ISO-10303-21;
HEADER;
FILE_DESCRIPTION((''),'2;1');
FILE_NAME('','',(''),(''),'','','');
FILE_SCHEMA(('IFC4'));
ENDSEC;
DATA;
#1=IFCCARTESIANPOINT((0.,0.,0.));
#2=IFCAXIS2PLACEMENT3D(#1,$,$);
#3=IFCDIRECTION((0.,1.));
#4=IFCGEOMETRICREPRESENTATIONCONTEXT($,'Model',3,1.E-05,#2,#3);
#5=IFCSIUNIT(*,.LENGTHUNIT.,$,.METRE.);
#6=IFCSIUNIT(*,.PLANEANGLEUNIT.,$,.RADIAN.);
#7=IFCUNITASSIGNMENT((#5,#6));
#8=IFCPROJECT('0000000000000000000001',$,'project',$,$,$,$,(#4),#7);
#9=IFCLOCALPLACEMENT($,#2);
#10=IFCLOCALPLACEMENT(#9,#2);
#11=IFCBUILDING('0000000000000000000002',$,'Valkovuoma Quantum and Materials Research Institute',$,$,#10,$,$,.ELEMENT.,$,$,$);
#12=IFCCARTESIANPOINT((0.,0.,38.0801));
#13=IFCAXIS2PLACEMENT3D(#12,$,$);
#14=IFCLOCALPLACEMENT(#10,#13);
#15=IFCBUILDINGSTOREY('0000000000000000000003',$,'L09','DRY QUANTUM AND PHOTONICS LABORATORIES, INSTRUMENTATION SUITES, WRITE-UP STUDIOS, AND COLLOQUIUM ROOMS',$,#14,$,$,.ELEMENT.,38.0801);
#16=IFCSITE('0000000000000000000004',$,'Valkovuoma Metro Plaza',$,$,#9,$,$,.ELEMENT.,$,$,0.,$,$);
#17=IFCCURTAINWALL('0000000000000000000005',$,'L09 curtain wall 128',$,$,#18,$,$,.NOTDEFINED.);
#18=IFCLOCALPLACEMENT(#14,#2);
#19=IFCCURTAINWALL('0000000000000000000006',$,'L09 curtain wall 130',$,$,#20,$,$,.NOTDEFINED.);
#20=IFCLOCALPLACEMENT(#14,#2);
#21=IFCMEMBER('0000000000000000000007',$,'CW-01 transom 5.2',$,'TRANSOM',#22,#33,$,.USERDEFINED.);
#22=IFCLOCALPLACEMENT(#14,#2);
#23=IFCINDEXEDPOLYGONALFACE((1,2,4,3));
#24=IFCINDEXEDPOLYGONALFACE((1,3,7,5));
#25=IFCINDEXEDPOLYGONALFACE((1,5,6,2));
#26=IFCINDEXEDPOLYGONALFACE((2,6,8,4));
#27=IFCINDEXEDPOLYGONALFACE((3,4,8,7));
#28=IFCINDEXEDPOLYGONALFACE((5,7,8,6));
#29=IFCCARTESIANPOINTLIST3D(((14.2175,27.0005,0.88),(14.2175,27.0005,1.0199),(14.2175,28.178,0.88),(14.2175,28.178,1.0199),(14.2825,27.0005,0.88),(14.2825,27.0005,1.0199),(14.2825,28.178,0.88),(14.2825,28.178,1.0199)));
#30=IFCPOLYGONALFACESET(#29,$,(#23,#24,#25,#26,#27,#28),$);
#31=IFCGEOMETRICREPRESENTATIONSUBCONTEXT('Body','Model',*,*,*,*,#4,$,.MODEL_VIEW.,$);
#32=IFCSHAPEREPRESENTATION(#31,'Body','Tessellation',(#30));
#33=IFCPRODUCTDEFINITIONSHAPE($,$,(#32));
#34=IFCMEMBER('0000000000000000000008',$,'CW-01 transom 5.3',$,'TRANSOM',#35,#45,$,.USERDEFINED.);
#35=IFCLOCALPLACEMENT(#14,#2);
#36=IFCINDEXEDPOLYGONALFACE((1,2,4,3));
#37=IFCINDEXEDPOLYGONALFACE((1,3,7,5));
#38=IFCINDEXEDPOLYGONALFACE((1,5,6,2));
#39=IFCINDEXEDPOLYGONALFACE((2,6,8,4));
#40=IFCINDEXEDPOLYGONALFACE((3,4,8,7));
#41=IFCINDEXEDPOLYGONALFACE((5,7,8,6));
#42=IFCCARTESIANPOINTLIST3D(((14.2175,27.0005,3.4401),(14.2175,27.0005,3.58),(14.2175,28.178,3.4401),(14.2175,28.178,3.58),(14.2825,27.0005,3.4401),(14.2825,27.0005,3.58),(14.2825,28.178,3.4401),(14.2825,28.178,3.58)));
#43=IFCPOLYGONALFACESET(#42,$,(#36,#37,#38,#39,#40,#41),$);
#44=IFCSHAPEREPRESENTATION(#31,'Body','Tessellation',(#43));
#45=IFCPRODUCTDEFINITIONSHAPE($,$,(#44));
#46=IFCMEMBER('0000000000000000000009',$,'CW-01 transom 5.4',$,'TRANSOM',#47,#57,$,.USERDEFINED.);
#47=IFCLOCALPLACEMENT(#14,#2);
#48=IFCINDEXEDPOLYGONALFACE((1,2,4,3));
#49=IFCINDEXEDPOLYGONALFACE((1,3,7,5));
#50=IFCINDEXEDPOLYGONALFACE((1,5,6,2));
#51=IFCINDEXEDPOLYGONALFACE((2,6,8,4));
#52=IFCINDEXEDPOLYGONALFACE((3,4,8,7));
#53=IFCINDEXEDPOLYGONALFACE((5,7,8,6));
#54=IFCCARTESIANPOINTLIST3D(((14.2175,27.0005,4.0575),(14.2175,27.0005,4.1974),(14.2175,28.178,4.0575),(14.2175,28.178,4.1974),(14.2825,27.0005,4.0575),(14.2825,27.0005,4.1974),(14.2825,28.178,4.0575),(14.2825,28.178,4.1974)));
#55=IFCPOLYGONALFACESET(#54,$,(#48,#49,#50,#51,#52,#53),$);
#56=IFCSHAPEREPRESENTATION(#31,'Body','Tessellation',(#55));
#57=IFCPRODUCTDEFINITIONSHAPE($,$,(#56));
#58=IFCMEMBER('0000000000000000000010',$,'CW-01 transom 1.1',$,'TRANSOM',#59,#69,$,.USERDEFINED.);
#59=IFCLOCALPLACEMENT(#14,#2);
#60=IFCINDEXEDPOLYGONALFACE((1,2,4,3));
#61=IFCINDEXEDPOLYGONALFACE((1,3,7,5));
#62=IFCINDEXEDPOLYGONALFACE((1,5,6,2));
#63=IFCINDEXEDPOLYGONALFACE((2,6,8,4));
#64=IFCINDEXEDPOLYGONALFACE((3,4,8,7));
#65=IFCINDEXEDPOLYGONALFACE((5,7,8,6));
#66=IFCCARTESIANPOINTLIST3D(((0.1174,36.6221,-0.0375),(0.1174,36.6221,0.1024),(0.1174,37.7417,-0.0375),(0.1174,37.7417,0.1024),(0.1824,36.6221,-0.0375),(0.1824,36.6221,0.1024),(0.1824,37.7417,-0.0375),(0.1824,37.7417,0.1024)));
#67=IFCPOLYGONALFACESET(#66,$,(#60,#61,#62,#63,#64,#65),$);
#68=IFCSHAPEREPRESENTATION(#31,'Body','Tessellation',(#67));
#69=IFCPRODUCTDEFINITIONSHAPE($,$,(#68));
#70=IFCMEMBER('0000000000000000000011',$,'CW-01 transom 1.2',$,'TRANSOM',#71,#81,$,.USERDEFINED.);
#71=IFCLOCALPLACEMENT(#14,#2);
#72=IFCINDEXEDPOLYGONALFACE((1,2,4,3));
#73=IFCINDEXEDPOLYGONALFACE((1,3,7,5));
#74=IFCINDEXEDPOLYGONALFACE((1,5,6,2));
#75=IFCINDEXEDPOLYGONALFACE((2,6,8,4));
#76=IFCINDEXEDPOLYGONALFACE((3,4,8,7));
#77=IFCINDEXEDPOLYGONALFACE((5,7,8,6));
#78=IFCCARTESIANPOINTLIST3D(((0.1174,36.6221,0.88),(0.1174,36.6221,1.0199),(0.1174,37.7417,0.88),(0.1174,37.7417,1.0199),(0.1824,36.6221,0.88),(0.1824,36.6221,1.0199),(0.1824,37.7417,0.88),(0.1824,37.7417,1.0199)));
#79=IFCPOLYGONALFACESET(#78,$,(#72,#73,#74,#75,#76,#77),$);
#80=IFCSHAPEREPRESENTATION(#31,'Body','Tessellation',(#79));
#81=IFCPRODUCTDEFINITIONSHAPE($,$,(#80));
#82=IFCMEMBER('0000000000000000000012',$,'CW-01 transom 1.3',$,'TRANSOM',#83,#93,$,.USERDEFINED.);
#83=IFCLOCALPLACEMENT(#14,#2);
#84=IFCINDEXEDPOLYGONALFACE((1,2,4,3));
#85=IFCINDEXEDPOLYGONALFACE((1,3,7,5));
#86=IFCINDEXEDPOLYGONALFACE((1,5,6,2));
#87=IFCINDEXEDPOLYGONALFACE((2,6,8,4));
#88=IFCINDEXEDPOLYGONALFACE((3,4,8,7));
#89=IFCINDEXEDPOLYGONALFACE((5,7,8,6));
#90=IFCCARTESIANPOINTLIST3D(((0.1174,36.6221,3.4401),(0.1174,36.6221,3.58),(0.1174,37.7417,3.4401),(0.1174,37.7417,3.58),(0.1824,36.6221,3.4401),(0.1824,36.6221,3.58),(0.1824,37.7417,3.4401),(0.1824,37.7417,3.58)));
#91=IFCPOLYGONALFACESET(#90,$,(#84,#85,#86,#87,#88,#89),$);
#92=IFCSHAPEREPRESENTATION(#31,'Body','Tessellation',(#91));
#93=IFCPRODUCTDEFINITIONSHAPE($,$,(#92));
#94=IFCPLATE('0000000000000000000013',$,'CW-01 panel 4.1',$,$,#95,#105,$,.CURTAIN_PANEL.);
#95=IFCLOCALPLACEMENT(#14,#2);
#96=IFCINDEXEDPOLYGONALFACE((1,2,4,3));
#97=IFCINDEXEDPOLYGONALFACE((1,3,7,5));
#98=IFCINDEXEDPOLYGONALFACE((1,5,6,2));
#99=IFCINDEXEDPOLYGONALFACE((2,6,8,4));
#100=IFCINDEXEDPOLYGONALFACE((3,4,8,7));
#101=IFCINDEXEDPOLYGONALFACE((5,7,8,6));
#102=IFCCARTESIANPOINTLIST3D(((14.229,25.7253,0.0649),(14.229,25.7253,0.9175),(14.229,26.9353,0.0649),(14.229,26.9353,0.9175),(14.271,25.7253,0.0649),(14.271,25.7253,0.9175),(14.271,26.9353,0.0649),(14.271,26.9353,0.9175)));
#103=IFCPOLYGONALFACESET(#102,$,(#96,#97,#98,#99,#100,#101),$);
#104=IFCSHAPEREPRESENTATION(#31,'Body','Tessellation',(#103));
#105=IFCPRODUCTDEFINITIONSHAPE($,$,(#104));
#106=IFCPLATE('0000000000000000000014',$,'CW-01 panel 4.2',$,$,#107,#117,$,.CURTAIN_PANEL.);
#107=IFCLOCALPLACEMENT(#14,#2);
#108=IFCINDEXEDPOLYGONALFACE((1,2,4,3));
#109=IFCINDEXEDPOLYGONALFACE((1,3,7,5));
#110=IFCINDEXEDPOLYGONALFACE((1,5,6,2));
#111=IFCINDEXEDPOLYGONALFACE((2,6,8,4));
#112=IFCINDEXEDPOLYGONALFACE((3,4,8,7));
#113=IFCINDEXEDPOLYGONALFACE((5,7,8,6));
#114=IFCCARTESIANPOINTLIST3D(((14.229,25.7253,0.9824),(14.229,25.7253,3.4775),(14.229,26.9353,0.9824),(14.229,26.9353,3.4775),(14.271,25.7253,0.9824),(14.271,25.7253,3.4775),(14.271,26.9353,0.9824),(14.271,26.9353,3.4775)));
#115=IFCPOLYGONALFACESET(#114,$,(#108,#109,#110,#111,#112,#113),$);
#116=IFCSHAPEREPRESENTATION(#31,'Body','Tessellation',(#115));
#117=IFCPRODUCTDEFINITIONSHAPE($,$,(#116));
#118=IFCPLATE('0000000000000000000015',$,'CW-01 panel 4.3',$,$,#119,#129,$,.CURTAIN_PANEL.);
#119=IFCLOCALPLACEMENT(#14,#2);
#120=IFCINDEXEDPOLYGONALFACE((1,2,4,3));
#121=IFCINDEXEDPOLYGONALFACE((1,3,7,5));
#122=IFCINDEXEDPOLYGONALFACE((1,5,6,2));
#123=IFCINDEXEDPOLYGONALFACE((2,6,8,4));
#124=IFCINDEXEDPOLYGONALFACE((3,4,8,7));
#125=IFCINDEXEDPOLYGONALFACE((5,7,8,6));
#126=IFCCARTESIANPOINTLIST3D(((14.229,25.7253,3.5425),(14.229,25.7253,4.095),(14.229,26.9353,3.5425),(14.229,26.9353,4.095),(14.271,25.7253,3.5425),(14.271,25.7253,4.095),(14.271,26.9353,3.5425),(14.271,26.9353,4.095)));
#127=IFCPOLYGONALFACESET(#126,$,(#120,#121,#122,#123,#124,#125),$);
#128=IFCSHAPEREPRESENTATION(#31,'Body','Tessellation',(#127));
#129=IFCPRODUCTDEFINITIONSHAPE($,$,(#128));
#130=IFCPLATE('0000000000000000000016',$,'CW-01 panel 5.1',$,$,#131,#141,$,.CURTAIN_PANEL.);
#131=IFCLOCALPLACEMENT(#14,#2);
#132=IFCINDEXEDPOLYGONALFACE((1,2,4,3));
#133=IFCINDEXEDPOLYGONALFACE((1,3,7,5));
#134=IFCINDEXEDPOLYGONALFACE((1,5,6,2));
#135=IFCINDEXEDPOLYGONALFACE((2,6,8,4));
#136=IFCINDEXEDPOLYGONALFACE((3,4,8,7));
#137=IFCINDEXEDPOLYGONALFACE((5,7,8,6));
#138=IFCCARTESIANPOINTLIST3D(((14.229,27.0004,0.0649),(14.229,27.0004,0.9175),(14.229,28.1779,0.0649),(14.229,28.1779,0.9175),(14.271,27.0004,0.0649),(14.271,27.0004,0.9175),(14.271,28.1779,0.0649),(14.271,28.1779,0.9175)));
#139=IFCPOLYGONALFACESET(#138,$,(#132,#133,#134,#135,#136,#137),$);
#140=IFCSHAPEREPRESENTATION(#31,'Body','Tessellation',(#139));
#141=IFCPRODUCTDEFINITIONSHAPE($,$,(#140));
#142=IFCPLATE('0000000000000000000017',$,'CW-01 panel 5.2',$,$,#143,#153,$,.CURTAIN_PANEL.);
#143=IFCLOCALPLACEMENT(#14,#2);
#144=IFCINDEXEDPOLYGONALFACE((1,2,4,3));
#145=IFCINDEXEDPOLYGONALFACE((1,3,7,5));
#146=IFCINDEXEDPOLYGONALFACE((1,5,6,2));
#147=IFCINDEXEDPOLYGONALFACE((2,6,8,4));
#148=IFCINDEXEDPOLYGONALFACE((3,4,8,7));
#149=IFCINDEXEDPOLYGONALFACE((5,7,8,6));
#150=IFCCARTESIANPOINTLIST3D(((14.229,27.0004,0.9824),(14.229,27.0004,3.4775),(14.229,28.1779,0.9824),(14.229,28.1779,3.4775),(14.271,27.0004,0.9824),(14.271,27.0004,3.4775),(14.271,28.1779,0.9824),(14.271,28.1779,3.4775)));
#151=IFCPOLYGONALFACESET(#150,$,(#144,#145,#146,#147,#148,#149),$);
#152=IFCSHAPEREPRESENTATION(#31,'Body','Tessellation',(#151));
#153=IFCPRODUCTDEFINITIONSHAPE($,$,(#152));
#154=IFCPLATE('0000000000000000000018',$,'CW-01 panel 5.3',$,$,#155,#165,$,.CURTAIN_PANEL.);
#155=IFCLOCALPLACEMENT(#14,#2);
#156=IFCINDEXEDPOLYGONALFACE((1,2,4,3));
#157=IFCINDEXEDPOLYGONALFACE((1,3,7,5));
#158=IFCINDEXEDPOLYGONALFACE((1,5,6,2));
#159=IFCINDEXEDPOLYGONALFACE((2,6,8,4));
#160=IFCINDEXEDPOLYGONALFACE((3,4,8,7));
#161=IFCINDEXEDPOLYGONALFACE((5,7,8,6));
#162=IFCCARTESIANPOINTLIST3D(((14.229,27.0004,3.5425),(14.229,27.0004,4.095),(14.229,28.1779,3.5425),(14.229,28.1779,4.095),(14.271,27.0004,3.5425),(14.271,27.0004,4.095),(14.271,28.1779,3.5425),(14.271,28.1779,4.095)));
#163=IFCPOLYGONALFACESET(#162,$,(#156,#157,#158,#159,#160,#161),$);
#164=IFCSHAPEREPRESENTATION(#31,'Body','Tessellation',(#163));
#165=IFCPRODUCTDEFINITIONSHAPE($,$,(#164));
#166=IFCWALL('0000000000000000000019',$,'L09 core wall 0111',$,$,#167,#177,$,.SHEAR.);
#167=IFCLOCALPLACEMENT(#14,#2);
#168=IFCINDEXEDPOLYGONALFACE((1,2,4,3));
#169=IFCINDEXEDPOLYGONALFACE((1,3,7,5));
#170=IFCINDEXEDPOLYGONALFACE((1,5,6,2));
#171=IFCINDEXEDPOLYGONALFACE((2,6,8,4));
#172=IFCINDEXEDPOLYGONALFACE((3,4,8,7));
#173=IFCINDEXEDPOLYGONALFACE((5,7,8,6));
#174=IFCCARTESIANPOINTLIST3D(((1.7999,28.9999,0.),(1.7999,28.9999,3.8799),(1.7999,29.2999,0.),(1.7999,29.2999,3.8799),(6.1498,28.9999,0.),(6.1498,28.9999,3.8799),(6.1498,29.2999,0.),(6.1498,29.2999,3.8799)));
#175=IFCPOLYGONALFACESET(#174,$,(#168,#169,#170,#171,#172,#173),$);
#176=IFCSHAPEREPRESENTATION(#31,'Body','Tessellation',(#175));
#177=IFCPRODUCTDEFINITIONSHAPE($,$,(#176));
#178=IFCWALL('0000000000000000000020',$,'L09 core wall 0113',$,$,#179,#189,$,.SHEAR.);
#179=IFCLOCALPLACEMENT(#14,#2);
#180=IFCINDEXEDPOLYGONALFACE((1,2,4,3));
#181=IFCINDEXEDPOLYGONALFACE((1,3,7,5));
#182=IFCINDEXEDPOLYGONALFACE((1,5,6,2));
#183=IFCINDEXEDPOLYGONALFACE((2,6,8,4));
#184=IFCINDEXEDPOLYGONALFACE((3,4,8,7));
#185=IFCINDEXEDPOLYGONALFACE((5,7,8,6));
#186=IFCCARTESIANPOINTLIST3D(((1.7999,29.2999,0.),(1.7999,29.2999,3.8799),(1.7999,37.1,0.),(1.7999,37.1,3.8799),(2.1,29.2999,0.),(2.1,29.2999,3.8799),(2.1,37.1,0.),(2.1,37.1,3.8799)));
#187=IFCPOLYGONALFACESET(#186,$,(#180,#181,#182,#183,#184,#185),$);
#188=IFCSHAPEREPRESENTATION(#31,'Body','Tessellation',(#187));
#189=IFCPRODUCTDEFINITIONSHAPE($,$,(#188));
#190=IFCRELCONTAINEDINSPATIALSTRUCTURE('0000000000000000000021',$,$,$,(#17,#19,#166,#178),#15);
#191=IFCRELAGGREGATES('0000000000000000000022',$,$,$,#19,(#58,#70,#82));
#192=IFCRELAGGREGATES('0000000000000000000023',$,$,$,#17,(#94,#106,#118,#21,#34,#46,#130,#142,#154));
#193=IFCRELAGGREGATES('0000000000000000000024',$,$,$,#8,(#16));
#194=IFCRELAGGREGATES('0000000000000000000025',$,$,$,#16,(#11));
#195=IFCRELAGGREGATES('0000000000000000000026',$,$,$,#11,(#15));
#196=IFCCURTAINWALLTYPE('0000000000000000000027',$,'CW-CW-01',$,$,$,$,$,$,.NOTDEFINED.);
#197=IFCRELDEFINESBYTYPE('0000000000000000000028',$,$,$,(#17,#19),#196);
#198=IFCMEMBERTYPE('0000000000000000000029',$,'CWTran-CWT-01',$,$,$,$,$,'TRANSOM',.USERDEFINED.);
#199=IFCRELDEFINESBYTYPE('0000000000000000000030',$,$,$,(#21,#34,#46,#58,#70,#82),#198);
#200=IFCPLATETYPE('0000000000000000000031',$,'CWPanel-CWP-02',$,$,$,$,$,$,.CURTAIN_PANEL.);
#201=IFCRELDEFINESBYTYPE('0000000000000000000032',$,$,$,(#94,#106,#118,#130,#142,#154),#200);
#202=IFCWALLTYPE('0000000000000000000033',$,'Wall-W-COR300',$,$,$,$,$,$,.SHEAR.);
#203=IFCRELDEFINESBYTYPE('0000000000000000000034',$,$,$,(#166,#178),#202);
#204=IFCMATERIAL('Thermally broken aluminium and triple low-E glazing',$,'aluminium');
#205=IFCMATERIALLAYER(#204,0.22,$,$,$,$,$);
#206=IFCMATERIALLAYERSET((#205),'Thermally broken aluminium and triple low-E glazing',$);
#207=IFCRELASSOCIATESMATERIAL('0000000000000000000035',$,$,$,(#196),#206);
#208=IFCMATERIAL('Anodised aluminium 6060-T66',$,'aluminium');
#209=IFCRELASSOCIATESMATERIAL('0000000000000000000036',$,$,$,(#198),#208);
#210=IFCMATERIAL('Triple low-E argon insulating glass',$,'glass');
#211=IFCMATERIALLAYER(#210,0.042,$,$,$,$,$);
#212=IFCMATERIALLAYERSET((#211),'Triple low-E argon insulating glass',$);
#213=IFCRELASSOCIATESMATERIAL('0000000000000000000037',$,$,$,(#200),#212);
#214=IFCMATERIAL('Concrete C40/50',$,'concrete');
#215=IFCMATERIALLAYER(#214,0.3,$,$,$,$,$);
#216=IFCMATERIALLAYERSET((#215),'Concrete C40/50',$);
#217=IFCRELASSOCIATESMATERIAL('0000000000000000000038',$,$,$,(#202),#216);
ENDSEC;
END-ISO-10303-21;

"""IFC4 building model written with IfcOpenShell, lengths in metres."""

from ifc_helpers import new_model, si_unit, direction, frame, frame_2d, origin, origin_2d, place, context, subcontext, project, spatial, rectangle, extrude, material, layer, layer_set, material_profile, profile_set, type_object, element, aggregate, save


model = new_model("IFC4")

# Units and contexts
model_context = context("Model", 3, precision=1e-05, world=origin(), true_north=direction((0.0, 1.0)))
body_context = subcontext(model_context, "Body", "Model", "MODEL_VIEW")
ifc_project = project(units=[si_unit("LENGTHUNIT", "METRE"), si_unit("PLANEANGLEUNIT", "RADIAN")], contexts=[model_context])

# Site, building, storey
site_placement = place(None, origin())
site = spatial("IfcSite", under=ifc_project, at=site_placement, Name="Valkovuoma Metro Plaza", CompositionType="ELEMENT", RefElevation=0.0)
building_placement = place(site_placement, origin())
building = spatial("IfcBuilding", under=site, at=building_placement, Name="Valkovuoma Quantum and Materials Research Institute", CompositionType="ELEMENT")
storey_placement = place(building_placement, frame((0.0, 0.0, 38.0801)))
storey = spatial("IfcBuildingStorey", under=building, at=storey_placement, Name="L09", Description="DRY QUANTUM AND PHOTONICS LABORATORIES, INSTRUMENTATION SUITES, WRITE-UP STUDIOS, AND COLLOQUIUM ROOMS", CompositionType="ELEMENT", Elevation=38.0801)

# Curtain wall
ifc_material_1 = material(Name="Thermally broken aluminium and triple low-E glazing", Category="aluminium")
ifc_layer_1 = layer(ifc_material_1, 0.22)
ifc_layer_set_1 = layer_set([ifc_layer_1], Name="Thermally broken aluminium and triple low-E glazing")
curtain_wall_type = type_object("IfcCurtainWallType", Name="CW-CW-01", PredefinedType="NOTDEFINED", material=ifc_layer_set_1)
curtain_wall_1_placement = place(storey_placement, origin())
curtain_wall_1 = element("IfcCurtainWall", 1, at=curtain_wall_1_placement, inside=storey, type_object=curtain_wall_type, Name="L09 curtain wall 128", PredefinedType="NOTDEFINED")

# Curtain wall
curtain_wall_2_placement = place(storey_placement, origin())
curtain_wall_2 = element("IfcCurtainWall", 2, at=curtain_wall_2_placement, inside=storey, type_object=curtain_wall_type, Name="L09 curtain wall 130", PredefinedType="NOTDEFINED")

# Members
ifc_material_2 = material(Name="Anodised aluminium 6060-T66", Category="aluminium")
ifc_material_profile_1 = material_profile(ifc_material_2, rectangle(XDim=0.0649, YDim=0.1399, at=origin_2d()), Name="Anodised aluminium 6060-T66")
ifc_profile_set_1 = profile_set([ifc_material_profile_1], Name="Anodised aluminium 6060-T66")
member_type_1 = type_object("IfcMemberType", Name="CWTran-CWT-01", ElementType="TRANSOM", PredefinedType="USERDEFINED", material=ifc_profile_set_1)
member_1_placement = place(storey_placement, frame((14.25, 27.0005, 0.95), z_axis=(0.0, 1.0, 0.0), x_axis=(-1.0, 0.0, 0.0)))
member_1 = element("IfcMember", 3, at=member_1_placement, type_object=member_type_1, Name="CW-01 transom 5.2", ObjectType="TRANSOM", PredefinedType="USERDEFINED", context=body_context, shape_type="SweptSolid", body=[
    extrude(rectangle(XDim=0.0649, YDim=0.1399, at=origin_2d()), origin(), (0.0, 0.0, 1.0), 1.1775),
])
member_2_placement = place(storey_placement, frame((14.25, 27.0005, 3.51), z_axis=(0.0, 1.0, 0.0), x_axis=(-1.0, 0.0, 0.0)))
member_2 = element("IfcMember", 4, at=member_2_placement, type_object=member_type_1, Name="CW-01 transom 5.3", ObjectType="TRANSOM", PredefinedType="USERDEFINED", context=body_context, shape_type="SweptSolid", body=[
    extrude(rectangle(XDim=0.0649, YDim=0.1399, at=origin_2d()), origin(), (0.0, 0.0, 1.0), 1.1775),
])
member_3_placement = place(storey_placement, frame((14.25, 27.0005, 4.1274), z_axis=(0.0, 1.0, 0.0), x_axis=(-1.0, 0.0, 0.0)))
member_3 = element("IfcMember", 5, at=member_3_placement, type_object=member_type_1, Name="CW-01 transom 5.4", ObjectType="TRANSOM", PredefinedType="USERDEFINED", context=body_context, shape_type="SweptSolid", body=[
    extrude(rectangle(XDim=0.0649, YDim=0.1399, at=origin_2d()), origin(), (0.0, 0.0, 1.0), 1.1775),
])
member_4_placement = place(storey_placement, frame((0.1499, 36.6221, 0.0325), z_axis=(0.0, 1.0, 0.0), x_axis=(-1.0, 0.0, 0.0)))
member_4 = element("IfcMember", 6, at=member_4_placement, type_object=member_type_1, Name="CW-01 transom 1.1", ObjectType="TRANSOM", PredefinedType="USERDEFINED", context=body_context, shape_type="SweptSolid", body=[
    extrude(rectangle(XDim=0.0649, YDim=0.1399, at=origin_2d()), origin(), (0.0, 0.0, 1.0), 1.1196),
])
member_5_placement = place(storey_placement, frame((0.1499, 36.6221, 0.95), z_axis=(0.0, 1.0, 0.0), x_axis=(-1.0, 0.0, 0.0)))
member_5 = element("IfcMember", 7, at=member_5_placement, type_object=member_type_1, Name="CW-01 transom 1.2", ObjectType="TRANSOM", PredefinedType="USERDEFINED", context=body_context, shape_type="SweptSolid", body=[
    extrude(rectangle(XDim=0.0649, YDim=0.1399, at=origin_2d()), origin(), (0.0, 0.0, 1.0), 1.1196),
])
member_6_placement = place(storey_placement, frame((0.1499, 36.6221, 3.51), z_axis=(0.0, 1.0, 0.0), x_axis=(-1.0, 0.0, 0.0)))
member_6 = element("IfcMember", 8, at=member_6_placement, type_object=member_type_1, Name="CW-01 transom 1.3", ObjectType="TRANSOM", PredefinedType="USERDEFINED", context=body_context, shape_type="SweptSolid", body=[
    extrude(rectangle(XDim=0.0649, YDim=0.1399, at=origin_2d()), origin(), (0.0, 0.0, 1.0), 1.1196),
])
aggregate(curtain_wall_2, [member_4, member_5, member_6])

# Plates
ifc_material_3 = material(Name="Triple low-E argon insulating glass", Category="glass")
ifc_layer_2 = layer(ifc_material_3, 0.042)
ifc_layer_set_2 = layer_set([ifc_layer_2], Name="Triple low-E argon insulating glass")
plate_type = type_object("IfcPlateType", Name="CWPanel-CWP-02", PredefinedType="CURTAIN_PANEL", material=ifc_layer_set_2)
plate_1_placement = place(storey_placement, frame((14.25, 26.3303, 0.0649), z_axis=(0.0, 0.0, 1.0), x_axis=(0.0, 1.0, 0.0)))
plate_1 = element("IfcPlate", 9, at=plate_1_placement, type_object=plate_type, Name="CW-01 panel 4.1", PredefinedType="CURTAIN_PANEL", context=body_context, shape_type="SweptSolid", body=[
    extrude(rectangle(XDim=1.21, YDim=0.042, at=origin_2d()), origin(), (0.0, 0.0, 1.0), 0.8525),
])
plate_2_placement = place(storey_placement, frame((14.25, 26.3303, 0.9824), z_axis=(0.0, 0.0, 1.0), x_axis=(0.0, 1.0, 0.0)))
plate_2 = element("IfcPlate", 10, at=plate_2_placement, type_object=plate_type, Name="CW-01 panel 4.2", PredefinedType="CURTAIN_PANEL", context=body_context, shape_type="SweptSolid", body=[
    extrude(rectangle(XDim=1.21, YDim=0.042, at=origin_2d()), origin(), (0.0, 0.0, 1.0), 2.4951),
])
plate_3_placement = place(storey_placement, frame((14.25, 26.3303, 3.5425), z_axis=(0.0, 0.0, 1.0), x_axis=(0.0, 1.0, 0.0)))
plate_3 = element("IfcPlate", 11, at=plate_3_placement, type_object=plate_type, Name="CW-01 panel 4.3", PredefinedType="CURTAIN_PANEL", context=body_context, shape_type="SweptSolid", body=[
    extrude(rectangle(XDim=1.21, YDim=0.042, at=origin_2d()), origin(), (0.0, 0.0, 1.0), 0.5525),
])
plate_4_placement = place(storey_placement, frame((14.25, 27.5891, 0.0649), z_axis=(0.0, 0.0, 1.0), x_axis=(0.0, 1.0, 0.0)))
plate_4 = element("IfcPlate", 12, at=plate_4_placement, type_object=plate_type, Name="CW-01 panel 5.1", PredefinedType="CURTAIN_PANEL", context=body_context, shape_type="SweptSolid", body=[
    extrude(rectangle(XDim=1.1775, YDim=0.042, at=origin_2d()), origin(), (0.0, 0.0, 1.0), 0.8525),
])
plate_5_placement = place(storey_placement, frame((14.25, 27.5891, 0.9824), z_axis=(0.0, 0.0, 1.0), x_axis=(0.0, 1.0, 0.0)))
plate_5 = element("IfcPlate", 13, at=plate_5_placement, type_object=plate_type, Name="CW-01 panel 5.2", PredefinedType="CURTAIN_PANEL", context=body_context, shape_type="SweptSolid", body=[
    extrude(rectangle(XDim=1.1775, YDim=0.042, at=origin_2d()), origin(), (0.0, 0.0, 1.0), 2.4951),
])
plate_6_placement = place(storey_placement, frame((14.25, 27.5891, 3.5425), z_axis=(0.0, 0.0, 1.0), x_axis=(0.0, 1.0, 0.0)))
plate_6 = element("IfcPlate", 14, at=plate_6_placement, type_object=plate_type, Name="CW-01 panel 5.3", PredefinedType="CURTAIN_PANEL", context=body_context, shape_type="SweptSolid", body=[
    extrude(rectangle(XDim=1.1775, YDim=0.042, at=origin_2d()), origin(), (0.0, 0.0, 1.0), 0.5525),
])
aggregate(curtain_wall_1, [plate_1, plate_2, plate_3, member_1, member_2, member_3, plate_4, plate_5, plate_6])

# Walls
ifc_material_4 = material(Name="Concrete C40/50", Category="concrete")
ifc_layer_3 = layer(ifc_material_4, 0.3)
ifc_layer_set_3 = layer_set([ifc_layer_3], Name="Concrete C40/50")
wall_type_1 = type_object("IfcWallType", Name="Wall-W-COR300", PredefinedType="SHEAR", material=ifc_layer_set_3)
wall_1_placement = place(storey_placement, frame((1.8, 29.1499, 0.0), z_axis=(0.0, 0.0, 1.0), x_axis=(1.0, 0.0, 0.0)))
element("IfcWall", 15, at=wall_1_placement, inside=storey, type_object=wall_type_1, Name="L09 core wall 0111", PredefinedType="SHEAR", context=body_context, shape_type="SweptSolid", body=[
    extrude(rectangle(XDim=4.3499, YDim=0.3, at=frame_2d((2.1748, 0.0))), origin(), (0.0, 0.0, 1.0), 3.8799),
])
wall_2_placement = place(storey_placement, frame((1.95, 29.3, 0.0), z_axis=(0.0, 0.0, 1.0), x_axis=(0.0, 1.0, 0.0)))
element("IfcWall", 16, at=wall_2_placement, inside=storey, type_object=wall_type_1, Name="L09 core wall 0113", PredefinedType="SHEAR", context=body_context, shape_type="SweptSolid", body=[
    extrude(rectangle(XDim=7.8, YDim=0.3, at=frame_2d((3.8999, 0.0))), origin(), (0.0, 0.0, 1.0), 3.8799),
])

save(model, "model.ifc")
